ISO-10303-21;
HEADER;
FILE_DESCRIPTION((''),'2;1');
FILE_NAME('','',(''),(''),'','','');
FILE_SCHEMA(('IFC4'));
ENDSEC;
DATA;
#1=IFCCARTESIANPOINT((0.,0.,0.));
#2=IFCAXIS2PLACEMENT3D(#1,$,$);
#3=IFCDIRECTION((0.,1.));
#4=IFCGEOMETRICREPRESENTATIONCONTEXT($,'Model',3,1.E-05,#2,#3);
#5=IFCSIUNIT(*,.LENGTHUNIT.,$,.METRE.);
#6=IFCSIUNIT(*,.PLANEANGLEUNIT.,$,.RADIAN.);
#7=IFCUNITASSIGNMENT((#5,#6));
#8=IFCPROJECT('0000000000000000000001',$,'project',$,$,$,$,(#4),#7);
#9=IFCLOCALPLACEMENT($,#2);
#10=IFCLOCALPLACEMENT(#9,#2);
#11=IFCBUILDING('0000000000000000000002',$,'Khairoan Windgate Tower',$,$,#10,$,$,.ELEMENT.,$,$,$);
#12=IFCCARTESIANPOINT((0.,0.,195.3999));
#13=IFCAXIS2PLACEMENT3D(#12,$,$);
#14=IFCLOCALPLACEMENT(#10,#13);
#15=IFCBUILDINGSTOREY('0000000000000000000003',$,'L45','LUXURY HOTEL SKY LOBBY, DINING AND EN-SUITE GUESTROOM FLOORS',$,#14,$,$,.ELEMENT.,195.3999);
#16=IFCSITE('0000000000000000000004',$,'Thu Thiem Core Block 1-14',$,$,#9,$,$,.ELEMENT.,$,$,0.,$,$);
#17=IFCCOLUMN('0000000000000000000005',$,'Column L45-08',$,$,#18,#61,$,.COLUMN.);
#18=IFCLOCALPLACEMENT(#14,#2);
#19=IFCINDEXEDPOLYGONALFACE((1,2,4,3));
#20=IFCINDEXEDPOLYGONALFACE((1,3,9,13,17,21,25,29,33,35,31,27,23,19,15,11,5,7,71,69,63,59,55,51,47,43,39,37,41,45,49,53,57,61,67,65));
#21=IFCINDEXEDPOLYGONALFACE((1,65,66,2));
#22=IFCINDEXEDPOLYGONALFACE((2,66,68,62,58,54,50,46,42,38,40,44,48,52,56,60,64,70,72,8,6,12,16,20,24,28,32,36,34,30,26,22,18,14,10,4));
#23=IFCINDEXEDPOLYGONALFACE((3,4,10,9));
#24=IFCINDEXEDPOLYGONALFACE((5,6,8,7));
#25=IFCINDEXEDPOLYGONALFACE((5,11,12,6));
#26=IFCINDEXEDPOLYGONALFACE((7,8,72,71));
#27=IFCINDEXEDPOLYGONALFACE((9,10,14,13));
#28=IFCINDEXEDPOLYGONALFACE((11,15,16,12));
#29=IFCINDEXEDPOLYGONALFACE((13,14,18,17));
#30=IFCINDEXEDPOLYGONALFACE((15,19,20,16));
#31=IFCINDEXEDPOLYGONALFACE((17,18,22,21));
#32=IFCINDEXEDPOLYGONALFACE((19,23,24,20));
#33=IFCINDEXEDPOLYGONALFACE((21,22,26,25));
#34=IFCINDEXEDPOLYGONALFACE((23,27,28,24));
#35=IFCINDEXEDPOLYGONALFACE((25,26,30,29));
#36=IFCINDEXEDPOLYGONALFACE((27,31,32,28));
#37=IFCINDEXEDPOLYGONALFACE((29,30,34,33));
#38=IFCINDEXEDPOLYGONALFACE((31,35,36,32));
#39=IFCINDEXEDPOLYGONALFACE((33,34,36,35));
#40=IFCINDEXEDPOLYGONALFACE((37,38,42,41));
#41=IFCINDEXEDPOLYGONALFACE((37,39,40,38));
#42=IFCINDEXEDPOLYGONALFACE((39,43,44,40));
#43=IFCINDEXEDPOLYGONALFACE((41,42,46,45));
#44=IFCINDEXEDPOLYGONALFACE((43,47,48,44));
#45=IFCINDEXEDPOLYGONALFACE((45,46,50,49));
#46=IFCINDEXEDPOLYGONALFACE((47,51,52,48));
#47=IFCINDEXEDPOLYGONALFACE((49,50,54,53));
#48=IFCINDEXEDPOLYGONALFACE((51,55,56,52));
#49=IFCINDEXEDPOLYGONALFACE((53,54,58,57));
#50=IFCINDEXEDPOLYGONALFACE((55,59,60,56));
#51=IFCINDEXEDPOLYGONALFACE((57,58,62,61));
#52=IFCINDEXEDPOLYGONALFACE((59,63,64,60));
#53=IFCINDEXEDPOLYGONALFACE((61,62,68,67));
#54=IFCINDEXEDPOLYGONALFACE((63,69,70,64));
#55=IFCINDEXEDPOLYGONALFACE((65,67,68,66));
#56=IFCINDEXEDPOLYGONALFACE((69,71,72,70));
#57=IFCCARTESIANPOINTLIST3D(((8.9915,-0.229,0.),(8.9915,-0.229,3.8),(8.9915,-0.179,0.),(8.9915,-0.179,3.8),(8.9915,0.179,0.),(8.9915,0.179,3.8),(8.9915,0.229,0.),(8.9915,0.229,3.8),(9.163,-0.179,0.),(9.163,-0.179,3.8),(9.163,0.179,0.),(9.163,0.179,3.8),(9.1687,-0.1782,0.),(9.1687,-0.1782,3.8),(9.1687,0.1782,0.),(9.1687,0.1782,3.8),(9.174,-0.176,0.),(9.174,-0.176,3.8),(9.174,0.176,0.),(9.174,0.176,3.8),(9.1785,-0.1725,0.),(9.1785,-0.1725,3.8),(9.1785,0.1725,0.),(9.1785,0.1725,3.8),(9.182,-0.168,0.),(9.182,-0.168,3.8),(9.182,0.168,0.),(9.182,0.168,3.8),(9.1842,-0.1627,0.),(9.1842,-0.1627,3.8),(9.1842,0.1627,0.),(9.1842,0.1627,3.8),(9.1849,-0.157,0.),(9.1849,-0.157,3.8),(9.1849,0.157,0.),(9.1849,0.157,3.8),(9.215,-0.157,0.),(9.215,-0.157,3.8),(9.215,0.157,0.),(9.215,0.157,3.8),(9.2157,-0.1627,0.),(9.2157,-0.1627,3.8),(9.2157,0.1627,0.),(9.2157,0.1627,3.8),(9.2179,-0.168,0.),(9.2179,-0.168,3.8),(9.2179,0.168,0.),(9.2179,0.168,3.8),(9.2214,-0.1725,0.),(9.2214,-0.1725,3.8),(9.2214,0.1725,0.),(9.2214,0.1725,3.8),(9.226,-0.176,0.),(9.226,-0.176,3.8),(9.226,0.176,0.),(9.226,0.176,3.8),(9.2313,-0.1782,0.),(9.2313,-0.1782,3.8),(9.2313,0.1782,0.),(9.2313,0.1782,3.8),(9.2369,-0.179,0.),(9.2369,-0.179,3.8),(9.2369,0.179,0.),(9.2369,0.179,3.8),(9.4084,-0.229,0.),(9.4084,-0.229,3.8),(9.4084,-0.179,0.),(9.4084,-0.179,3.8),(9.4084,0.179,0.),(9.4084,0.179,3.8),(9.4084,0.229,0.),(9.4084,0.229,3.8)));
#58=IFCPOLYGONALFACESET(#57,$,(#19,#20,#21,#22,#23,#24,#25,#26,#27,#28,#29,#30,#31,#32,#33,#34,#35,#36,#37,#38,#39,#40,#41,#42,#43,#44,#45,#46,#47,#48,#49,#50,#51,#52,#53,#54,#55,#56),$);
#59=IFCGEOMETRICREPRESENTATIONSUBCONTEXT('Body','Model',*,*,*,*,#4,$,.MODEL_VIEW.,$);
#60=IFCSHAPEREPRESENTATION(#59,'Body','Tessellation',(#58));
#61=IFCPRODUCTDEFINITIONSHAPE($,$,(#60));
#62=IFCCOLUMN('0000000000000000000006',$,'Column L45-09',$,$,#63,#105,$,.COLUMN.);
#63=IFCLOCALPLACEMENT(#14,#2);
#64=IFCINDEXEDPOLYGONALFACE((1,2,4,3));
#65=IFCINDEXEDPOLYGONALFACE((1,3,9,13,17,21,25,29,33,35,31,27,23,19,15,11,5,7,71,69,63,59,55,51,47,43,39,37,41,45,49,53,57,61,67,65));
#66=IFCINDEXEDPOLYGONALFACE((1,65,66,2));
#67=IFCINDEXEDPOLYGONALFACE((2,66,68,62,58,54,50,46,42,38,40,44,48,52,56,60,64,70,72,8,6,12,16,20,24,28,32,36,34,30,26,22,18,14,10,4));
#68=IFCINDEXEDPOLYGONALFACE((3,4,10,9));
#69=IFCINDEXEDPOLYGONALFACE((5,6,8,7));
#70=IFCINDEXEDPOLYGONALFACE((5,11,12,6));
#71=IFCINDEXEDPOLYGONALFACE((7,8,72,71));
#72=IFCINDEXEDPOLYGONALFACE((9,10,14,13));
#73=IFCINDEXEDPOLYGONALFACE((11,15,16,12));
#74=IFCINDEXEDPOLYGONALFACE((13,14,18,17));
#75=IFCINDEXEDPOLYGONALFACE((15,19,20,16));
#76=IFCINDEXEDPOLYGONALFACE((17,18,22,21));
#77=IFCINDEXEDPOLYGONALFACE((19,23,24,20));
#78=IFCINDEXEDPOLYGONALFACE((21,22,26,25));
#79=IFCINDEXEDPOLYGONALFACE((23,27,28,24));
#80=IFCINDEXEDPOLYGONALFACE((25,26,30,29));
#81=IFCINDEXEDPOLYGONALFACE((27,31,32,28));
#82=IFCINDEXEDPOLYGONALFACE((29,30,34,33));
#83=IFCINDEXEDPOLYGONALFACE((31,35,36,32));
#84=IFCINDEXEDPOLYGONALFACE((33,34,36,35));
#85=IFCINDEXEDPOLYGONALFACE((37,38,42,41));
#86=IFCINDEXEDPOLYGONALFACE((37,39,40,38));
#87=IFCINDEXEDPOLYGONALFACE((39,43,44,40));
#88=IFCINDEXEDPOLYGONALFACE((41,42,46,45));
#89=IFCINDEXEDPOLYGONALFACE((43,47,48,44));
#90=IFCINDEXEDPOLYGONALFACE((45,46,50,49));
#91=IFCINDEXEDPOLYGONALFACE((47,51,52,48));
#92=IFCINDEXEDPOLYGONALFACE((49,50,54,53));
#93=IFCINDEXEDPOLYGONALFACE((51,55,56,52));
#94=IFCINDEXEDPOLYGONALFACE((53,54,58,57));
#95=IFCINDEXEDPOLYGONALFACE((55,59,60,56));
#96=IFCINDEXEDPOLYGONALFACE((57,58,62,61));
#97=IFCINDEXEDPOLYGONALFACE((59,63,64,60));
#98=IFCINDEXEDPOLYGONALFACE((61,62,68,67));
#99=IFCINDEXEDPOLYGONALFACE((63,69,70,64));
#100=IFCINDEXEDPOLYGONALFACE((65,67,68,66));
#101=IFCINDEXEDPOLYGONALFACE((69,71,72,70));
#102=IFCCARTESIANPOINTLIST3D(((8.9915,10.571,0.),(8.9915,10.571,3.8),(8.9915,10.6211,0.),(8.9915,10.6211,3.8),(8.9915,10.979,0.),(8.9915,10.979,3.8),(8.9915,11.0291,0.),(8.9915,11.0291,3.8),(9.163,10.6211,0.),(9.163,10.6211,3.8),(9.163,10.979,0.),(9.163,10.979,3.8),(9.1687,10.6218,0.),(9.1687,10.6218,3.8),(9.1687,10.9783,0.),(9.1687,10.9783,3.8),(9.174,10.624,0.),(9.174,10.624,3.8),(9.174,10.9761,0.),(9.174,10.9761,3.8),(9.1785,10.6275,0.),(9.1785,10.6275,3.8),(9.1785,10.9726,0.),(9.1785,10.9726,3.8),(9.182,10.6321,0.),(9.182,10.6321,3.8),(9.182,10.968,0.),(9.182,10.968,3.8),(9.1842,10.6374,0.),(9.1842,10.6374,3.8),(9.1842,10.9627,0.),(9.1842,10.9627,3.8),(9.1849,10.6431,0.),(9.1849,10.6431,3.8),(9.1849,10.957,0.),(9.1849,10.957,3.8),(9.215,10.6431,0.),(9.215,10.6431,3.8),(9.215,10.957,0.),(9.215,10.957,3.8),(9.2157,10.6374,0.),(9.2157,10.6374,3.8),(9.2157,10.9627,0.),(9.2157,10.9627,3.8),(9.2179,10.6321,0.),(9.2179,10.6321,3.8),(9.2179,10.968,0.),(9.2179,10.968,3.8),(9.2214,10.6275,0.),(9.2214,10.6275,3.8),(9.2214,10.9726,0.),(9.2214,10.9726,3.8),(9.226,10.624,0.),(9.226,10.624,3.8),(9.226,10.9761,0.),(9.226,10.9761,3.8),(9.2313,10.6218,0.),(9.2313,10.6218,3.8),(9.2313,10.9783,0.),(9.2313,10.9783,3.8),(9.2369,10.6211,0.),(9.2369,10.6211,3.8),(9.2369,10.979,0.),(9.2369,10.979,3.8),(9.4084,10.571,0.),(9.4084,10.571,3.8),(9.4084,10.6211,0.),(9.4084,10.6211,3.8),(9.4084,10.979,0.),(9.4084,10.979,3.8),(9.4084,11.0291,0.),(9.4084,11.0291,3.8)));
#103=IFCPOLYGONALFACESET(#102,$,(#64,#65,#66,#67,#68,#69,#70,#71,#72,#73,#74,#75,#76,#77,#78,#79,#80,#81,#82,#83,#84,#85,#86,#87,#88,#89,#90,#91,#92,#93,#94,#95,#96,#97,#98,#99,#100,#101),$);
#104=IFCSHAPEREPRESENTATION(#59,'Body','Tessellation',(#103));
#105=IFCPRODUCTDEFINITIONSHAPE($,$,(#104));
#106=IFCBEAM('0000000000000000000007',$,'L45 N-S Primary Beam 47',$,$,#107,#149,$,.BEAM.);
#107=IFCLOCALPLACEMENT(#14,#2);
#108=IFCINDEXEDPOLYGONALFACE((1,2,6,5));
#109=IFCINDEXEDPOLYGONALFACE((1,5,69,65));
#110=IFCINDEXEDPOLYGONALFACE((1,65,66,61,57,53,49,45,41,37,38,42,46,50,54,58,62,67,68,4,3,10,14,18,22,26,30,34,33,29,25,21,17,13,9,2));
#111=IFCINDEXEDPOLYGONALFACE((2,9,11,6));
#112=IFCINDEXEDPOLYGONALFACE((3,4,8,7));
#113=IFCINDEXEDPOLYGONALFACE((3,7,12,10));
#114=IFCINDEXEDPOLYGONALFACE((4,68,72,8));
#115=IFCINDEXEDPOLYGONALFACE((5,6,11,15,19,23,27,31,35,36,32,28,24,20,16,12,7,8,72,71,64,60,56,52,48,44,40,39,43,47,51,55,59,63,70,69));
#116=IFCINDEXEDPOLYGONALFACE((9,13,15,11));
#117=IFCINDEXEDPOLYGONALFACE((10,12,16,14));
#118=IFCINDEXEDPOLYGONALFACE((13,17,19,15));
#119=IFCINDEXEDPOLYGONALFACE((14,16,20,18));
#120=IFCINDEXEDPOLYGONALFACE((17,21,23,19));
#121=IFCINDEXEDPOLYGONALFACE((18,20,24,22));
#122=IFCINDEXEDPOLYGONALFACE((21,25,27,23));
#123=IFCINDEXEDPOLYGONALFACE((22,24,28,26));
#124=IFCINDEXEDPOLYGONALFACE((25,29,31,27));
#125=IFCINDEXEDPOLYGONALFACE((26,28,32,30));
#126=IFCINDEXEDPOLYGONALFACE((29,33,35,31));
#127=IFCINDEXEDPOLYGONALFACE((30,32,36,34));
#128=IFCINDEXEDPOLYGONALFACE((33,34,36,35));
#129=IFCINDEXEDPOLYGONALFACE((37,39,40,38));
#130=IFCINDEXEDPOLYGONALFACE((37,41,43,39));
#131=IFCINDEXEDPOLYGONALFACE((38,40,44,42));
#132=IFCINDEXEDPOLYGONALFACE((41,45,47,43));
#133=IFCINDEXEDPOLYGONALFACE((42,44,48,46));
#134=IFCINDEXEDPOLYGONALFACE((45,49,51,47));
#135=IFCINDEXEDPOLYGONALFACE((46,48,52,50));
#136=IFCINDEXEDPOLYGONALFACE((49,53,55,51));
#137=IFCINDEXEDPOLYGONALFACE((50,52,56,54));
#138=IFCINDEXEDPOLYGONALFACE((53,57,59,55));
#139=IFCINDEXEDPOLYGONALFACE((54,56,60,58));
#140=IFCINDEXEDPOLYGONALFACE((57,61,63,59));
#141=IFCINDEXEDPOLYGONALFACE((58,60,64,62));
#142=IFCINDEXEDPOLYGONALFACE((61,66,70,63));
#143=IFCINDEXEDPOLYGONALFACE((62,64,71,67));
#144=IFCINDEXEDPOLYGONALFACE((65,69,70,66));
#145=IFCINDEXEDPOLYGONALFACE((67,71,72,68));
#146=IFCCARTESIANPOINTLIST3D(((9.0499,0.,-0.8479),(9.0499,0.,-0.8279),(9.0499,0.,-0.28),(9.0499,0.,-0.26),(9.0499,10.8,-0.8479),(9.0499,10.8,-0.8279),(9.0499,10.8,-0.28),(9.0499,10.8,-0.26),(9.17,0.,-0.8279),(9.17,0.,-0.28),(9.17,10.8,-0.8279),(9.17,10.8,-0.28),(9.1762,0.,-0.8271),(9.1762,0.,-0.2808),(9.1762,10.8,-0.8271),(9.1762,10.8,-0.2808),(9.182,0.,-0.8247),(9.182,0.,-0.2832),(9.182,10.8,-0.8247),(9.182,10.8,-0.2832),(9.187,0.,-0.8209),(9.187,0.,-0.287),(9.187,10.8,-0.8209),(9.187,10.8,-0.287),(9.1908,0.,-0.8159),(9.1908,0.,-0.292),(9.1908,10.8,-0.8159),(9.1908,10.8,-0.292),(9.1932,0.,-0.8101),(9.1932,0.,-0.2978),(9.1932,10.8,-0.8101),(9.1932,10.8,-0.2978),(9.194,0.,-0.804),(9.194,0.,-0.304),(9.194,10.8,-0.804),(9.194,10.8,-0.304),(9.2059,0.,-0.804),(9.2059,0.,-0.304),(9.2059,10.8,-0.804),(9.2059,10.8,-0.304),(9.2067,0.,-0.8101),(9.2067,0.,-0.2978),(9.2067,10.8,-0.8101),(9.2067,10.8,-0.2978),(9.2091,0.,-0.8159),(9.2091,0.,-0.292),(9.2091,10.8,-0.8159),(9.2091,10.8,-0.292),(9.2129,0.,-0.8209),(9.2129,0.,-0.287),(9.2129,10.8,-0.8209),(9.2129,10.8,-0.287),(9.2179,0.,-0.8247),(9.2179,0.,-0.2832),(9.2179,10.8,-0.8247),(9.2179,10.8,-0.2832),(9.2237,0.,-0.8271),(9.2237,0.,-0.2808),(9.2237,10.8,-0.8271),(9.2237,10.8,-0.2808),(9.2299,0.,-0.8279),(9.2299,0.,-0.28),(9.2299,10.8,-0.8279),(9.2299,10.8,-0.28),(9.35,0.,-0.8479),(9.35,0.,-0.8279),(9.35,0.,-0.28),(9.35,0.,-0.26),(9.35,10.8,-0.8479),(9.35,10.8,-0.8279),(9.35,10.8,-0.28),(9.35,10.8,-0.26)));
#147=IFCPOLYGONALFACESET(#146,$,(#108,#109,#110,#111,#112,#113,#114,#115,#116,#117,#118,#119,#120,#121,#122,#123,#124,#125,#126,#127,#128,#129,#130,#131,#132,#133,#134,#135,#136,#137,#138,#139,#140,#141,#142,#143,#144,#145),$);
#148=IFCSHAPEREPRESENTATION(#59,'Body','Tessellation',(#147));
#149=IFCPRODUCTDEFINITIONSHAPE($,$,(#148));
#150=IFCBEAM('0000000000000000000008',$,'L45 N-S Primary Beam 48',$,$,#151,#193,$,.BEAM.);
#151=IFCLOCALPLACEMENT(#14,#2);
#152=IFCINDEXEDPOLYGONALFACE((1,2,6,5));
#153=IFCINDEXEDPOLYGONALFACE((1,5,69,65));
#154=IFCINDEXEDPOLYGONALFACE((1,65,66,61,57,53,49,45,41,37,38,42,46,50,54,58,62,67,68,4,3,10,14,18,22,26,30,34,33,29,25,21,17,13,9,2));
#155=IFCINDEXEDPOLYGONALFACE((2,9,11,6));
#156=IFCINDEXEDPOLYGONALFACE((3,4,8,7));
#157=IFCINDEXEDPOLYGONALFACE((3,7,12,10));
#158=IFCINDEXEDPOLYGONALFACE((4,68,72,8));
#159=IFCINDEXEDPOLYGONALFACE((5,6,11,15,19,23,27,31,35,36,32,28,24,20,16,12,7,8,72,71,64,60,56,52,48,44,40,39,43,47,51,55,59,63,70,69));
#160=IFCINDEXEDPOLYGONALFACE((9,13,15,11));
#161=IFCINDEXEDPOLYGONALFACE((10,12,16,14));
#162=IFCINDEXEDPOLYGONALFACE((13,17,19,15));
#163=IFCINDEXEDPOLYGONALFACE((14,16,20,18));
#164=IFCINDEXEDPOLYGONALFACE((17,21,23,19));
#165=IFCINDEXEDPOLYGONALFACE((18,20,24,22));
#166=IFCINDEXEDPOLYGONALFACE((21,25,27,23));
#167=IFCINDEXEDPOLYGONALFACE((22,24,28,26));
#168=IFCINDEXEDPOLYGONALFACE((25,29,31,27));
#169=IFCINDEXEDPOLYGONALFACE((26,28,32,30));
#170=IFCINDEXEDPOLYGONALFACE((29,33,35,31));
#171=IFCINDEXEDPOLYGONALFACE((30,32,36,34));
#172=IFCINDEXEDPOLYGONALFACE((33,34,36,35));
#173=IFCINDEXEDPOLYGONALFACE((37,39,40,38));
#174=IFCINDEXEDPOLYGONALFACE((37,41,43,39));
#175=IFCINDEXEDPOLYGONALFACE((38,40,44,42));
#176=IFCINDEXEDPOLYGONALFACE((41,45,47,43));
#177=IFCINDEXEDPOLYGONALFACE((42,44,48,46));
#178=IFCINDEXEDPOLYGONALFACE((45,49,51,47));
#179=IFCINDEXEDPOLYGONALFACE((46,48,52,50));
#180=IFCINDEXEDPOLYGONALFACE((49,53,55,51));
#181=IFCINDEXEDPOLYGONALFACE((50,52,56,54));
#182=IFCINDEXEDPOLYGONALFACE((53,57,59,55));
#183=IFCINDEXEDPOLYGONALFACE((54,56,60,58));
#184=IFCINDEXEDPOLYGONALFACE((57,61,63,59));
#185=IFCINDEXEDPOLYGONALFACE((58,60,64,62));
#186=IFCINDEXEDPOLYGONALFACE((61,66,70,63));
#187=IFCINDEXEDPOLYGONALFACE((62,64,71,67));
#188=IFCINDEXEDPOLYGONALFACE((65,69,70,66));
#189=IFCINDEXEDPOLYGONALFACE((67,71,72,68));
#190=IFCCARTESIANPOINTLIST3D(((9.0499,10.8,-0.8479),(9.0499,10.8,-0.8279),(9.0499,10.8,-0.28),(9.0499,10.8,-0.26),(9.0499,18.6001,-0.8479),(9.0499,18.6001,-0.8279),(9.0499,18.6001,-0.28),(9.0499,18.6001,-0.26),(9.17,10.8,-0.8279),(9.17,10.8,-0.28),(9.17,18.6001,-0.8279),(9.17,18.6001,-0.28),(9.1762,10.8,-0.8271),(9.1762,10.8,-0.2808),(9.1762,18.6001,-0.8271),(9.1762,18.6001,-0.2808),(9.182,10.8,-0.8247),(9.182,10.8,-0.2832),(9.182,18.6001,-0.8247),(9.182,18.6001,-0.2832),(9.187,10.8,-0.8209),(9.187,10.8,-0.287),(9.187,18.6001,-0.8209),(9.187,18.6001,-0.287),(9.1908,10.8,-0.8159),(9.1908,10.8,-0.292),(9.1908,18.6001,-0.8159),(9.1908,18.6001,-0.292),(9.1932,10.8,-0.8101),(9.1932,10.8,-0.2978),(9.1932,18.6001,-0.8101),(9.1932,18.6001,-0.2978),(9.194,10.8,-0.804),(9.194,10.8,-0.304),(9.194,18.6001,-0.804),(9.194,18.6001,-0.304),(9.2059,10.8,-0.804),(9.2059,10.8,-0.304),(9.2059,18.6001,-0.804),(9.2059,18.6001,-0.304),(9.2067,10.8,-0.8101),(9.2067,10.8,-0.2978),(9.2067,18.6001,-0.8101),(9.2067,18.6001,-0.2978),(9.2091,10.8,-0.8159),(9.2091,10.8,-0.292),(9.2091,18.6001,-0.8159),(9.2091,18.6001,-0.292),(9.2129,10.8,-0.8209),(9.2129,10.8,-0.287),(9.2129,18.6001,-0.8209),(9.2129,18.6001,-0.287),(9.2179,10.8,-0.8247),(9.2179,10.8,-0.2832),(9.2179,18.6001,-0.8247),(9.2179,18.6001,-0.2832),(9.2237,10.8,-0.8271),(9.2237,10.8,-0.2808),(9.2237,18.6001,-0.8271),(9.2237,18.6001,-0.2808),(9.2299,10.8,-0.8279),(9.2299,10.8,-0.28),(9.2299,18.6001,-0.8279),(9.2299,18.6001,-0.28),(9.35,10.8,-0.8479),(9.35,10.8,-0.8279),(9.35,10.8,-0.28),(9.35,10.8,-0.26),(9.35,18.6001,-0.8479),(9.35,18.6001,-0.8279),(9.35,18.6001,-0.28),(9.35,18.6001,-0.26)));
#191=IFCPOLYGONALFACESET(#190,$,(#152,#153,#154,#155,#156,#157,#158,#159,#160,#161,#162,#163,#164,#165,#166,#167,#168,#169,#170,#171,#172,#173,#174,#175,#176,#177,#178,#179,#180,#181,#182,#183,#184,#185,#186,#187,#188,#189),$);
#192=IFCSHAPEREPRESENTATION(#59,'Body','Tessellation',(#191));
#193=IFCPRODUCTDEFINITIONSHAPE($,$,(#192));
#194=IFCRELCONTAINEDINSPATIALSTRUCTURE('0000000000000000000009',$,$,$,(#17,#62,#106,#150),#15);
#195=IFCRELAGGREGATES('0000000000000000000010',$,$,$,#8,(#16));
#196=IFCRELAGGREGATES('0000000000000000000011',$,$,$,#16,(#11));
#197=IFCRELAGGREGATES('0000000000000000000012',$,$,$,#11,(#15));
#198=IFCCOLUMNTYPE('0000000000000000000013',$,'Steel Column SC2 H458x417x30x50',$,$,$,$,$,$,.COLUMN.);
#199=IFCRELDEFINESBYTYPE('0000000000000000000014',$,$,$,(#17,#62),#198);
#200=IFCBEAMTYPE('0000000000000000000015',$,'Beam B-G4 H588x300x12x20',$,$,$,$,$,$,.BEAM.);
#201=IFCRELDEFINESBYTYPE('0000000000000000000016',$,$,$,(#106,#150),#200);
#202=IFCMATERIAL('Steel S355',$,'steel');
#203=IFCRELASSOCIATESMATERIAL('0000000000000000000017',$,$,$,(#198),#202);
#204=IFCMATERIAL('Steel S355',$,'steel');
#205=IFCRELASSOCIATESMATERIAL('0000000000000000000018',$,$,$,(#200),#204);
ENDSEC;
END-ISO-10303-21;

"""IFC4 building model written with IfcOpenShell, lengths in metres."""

from ifc_helpers import new_model, si_unit, direction, frame, origin, origin_2d, place, context, subcontext, project, spatial, i_section, extrude, material, material_profile, profile_set, type_object, element, save


model = new_model("IFC4")

# Units and contexts
model_context = context("Model", 3, precision=1e-05, world=origin(), true_north=direction((0.0, 1.0)))
body_context = subcontext(model_context, "Body", "Model", "MODEL_VIEW")
ifc_project = project(units=[si_unit("LENGTHUNIT", "METRE"), si_unit("PLANEANGLEUNIT", "RADIAN")], contexts=[model_context])

# Site, building, storey
site_placement = place(None, origin())
site = spatial("IfcSite", under=ifc_project, at=site_placement, Name="Thu Thiem Core Block 1-14", CompositionType="ELEMENT", RefElevation=0.0)
building_placement = place(site_placement, origin())
building = spatial("IfcBuilding", under=site, at=building_placement, Name="Khairoan Windgate Tower", CompositionType="ELEMENT")
storey_placement = place(building_placement, frame((0.0, 0.0, 195.3999)))
storey = spatial("IfcBuildingStorey", under=building, at=storey_placement, Name="L45", Description="LUXURY HOTEL SKY LOBBY, DINING AND EN-SUITE GUESTROOM FLOORS", CompositionType="ELEMENT", Elevation=195.3999)

# Columns
ifc_material_1 = material(Name="Steel S355", Category="steel")
ifc_material_profile_1 = material_profile(ifc_material_1, i_section(OverallWidth=0.417, OverallDepth=0.458, WebThickness=0.03, FlangeThickness=0.05, FilletRadius=0.022, at=origin_2d()))
ifc_profile_set_1 = profile_set([ifc_material_profile_1], Name="Steel S355")
column_type = type_object("IfcColumnType", Name="Steel Column SC2 H458x417x30x50", PredefinedType="COLUMN", material=ifc_profile_set_1)
for number, where, z_axis, x_axis, name in (
    (1, (9.2, 0.0, 0.0), (0.0, 0.0, 1.0), (1.0, 0.0, 0.0), "Column L45-08"),
    (2, (9.2, 10.8, 0.0), (0.0, 0.0, 1.0), (1.0, 0.0, 0.0), "Column L45-09"),
):
    element("IfcColumn", number, at=place(storey_placement, frame(where, z_axis=z_axis, x_axis=x_axis)), inside=storey, type_object=column_type, Name=name, PredefinedType="COLUMN", context=body_context, shape_type="SweptSolid", body=[
        extrude(i_section(OverallWidth=0.417, OverallDepth=0.458, WebThickness=0.03, FlangeThickness=0.05, FilletRadius=0.022, at=origin_2d()), origin(), (0.0, 0.0, 1.0), 3.8),
    ])

# Beams
ifc_material_2 = material(Name="Steel S355", Category="steel")
ifc_material_profile_2 = material_profile(ifc_material_2, i_section(OverallWidth=0.3, OverallDepth=0.5879, WebThickness=0.012, FlangeThickness=0.02, FilletRadius=0.0239, at=origin_2d()))
ifc_profile_set_2 = profile_set([ifc_material_profile_2], Name="Steel S355")
beam_type_1 = type_object("IfcBeamType", Name="Beam B-G4 H588x300x12x20", PredefinedType="BEAM", material=ifc_profile_set_2)
beam_1_placement = place(storey_placement, frame((9.2, 0.0, -0.554), z_axis=(0.0, 1.0, 0.0), x_axis=(-1.0, 0.0, 0.0)))
element("IfcBeam", 3, at=beam_1_placement, inside=storey, type_object=beam_type_1, Name="L45 N-S Primary Beam 47", PredefinedType="BEAM", context=body_context, shape_type="SweptSolid", body=[
    extrude(i_section(OverallWidth=0.3, OverallDepth=0.5879, WebThickness=0.012, FlangeThickness=0.02, FilletRadius=0.0239, at=origin_2d()), origin(), (0.0, 0.0, 1.0), 10.8),
])
beam_2_placement = place(storey_placement, frame((9.2, 10.8, -0.554), z_axis=(0.0, 1.0, 0.0), x_axis=(-1.0, 0.0, 0.0)))
element("IfcBeam", 4, at=beam_2_placement, inside=storey, type_object=beam_type_1, Name="L45 N-S Primary Beam 48", PredefinedType="BEAM", context=body_context, shape_type="SweptSolid", body=[
    extrude(i_section(OverallWidth=0.3, OverallDepth=0.5879, WebThickness=0.012, FlangeThickness=0.02, FilletRadius=0.0239, at=origin_2d()), origin(), (0.0, 0.0, 1.0), 7.8),
])

save(model, "model.ifc")
